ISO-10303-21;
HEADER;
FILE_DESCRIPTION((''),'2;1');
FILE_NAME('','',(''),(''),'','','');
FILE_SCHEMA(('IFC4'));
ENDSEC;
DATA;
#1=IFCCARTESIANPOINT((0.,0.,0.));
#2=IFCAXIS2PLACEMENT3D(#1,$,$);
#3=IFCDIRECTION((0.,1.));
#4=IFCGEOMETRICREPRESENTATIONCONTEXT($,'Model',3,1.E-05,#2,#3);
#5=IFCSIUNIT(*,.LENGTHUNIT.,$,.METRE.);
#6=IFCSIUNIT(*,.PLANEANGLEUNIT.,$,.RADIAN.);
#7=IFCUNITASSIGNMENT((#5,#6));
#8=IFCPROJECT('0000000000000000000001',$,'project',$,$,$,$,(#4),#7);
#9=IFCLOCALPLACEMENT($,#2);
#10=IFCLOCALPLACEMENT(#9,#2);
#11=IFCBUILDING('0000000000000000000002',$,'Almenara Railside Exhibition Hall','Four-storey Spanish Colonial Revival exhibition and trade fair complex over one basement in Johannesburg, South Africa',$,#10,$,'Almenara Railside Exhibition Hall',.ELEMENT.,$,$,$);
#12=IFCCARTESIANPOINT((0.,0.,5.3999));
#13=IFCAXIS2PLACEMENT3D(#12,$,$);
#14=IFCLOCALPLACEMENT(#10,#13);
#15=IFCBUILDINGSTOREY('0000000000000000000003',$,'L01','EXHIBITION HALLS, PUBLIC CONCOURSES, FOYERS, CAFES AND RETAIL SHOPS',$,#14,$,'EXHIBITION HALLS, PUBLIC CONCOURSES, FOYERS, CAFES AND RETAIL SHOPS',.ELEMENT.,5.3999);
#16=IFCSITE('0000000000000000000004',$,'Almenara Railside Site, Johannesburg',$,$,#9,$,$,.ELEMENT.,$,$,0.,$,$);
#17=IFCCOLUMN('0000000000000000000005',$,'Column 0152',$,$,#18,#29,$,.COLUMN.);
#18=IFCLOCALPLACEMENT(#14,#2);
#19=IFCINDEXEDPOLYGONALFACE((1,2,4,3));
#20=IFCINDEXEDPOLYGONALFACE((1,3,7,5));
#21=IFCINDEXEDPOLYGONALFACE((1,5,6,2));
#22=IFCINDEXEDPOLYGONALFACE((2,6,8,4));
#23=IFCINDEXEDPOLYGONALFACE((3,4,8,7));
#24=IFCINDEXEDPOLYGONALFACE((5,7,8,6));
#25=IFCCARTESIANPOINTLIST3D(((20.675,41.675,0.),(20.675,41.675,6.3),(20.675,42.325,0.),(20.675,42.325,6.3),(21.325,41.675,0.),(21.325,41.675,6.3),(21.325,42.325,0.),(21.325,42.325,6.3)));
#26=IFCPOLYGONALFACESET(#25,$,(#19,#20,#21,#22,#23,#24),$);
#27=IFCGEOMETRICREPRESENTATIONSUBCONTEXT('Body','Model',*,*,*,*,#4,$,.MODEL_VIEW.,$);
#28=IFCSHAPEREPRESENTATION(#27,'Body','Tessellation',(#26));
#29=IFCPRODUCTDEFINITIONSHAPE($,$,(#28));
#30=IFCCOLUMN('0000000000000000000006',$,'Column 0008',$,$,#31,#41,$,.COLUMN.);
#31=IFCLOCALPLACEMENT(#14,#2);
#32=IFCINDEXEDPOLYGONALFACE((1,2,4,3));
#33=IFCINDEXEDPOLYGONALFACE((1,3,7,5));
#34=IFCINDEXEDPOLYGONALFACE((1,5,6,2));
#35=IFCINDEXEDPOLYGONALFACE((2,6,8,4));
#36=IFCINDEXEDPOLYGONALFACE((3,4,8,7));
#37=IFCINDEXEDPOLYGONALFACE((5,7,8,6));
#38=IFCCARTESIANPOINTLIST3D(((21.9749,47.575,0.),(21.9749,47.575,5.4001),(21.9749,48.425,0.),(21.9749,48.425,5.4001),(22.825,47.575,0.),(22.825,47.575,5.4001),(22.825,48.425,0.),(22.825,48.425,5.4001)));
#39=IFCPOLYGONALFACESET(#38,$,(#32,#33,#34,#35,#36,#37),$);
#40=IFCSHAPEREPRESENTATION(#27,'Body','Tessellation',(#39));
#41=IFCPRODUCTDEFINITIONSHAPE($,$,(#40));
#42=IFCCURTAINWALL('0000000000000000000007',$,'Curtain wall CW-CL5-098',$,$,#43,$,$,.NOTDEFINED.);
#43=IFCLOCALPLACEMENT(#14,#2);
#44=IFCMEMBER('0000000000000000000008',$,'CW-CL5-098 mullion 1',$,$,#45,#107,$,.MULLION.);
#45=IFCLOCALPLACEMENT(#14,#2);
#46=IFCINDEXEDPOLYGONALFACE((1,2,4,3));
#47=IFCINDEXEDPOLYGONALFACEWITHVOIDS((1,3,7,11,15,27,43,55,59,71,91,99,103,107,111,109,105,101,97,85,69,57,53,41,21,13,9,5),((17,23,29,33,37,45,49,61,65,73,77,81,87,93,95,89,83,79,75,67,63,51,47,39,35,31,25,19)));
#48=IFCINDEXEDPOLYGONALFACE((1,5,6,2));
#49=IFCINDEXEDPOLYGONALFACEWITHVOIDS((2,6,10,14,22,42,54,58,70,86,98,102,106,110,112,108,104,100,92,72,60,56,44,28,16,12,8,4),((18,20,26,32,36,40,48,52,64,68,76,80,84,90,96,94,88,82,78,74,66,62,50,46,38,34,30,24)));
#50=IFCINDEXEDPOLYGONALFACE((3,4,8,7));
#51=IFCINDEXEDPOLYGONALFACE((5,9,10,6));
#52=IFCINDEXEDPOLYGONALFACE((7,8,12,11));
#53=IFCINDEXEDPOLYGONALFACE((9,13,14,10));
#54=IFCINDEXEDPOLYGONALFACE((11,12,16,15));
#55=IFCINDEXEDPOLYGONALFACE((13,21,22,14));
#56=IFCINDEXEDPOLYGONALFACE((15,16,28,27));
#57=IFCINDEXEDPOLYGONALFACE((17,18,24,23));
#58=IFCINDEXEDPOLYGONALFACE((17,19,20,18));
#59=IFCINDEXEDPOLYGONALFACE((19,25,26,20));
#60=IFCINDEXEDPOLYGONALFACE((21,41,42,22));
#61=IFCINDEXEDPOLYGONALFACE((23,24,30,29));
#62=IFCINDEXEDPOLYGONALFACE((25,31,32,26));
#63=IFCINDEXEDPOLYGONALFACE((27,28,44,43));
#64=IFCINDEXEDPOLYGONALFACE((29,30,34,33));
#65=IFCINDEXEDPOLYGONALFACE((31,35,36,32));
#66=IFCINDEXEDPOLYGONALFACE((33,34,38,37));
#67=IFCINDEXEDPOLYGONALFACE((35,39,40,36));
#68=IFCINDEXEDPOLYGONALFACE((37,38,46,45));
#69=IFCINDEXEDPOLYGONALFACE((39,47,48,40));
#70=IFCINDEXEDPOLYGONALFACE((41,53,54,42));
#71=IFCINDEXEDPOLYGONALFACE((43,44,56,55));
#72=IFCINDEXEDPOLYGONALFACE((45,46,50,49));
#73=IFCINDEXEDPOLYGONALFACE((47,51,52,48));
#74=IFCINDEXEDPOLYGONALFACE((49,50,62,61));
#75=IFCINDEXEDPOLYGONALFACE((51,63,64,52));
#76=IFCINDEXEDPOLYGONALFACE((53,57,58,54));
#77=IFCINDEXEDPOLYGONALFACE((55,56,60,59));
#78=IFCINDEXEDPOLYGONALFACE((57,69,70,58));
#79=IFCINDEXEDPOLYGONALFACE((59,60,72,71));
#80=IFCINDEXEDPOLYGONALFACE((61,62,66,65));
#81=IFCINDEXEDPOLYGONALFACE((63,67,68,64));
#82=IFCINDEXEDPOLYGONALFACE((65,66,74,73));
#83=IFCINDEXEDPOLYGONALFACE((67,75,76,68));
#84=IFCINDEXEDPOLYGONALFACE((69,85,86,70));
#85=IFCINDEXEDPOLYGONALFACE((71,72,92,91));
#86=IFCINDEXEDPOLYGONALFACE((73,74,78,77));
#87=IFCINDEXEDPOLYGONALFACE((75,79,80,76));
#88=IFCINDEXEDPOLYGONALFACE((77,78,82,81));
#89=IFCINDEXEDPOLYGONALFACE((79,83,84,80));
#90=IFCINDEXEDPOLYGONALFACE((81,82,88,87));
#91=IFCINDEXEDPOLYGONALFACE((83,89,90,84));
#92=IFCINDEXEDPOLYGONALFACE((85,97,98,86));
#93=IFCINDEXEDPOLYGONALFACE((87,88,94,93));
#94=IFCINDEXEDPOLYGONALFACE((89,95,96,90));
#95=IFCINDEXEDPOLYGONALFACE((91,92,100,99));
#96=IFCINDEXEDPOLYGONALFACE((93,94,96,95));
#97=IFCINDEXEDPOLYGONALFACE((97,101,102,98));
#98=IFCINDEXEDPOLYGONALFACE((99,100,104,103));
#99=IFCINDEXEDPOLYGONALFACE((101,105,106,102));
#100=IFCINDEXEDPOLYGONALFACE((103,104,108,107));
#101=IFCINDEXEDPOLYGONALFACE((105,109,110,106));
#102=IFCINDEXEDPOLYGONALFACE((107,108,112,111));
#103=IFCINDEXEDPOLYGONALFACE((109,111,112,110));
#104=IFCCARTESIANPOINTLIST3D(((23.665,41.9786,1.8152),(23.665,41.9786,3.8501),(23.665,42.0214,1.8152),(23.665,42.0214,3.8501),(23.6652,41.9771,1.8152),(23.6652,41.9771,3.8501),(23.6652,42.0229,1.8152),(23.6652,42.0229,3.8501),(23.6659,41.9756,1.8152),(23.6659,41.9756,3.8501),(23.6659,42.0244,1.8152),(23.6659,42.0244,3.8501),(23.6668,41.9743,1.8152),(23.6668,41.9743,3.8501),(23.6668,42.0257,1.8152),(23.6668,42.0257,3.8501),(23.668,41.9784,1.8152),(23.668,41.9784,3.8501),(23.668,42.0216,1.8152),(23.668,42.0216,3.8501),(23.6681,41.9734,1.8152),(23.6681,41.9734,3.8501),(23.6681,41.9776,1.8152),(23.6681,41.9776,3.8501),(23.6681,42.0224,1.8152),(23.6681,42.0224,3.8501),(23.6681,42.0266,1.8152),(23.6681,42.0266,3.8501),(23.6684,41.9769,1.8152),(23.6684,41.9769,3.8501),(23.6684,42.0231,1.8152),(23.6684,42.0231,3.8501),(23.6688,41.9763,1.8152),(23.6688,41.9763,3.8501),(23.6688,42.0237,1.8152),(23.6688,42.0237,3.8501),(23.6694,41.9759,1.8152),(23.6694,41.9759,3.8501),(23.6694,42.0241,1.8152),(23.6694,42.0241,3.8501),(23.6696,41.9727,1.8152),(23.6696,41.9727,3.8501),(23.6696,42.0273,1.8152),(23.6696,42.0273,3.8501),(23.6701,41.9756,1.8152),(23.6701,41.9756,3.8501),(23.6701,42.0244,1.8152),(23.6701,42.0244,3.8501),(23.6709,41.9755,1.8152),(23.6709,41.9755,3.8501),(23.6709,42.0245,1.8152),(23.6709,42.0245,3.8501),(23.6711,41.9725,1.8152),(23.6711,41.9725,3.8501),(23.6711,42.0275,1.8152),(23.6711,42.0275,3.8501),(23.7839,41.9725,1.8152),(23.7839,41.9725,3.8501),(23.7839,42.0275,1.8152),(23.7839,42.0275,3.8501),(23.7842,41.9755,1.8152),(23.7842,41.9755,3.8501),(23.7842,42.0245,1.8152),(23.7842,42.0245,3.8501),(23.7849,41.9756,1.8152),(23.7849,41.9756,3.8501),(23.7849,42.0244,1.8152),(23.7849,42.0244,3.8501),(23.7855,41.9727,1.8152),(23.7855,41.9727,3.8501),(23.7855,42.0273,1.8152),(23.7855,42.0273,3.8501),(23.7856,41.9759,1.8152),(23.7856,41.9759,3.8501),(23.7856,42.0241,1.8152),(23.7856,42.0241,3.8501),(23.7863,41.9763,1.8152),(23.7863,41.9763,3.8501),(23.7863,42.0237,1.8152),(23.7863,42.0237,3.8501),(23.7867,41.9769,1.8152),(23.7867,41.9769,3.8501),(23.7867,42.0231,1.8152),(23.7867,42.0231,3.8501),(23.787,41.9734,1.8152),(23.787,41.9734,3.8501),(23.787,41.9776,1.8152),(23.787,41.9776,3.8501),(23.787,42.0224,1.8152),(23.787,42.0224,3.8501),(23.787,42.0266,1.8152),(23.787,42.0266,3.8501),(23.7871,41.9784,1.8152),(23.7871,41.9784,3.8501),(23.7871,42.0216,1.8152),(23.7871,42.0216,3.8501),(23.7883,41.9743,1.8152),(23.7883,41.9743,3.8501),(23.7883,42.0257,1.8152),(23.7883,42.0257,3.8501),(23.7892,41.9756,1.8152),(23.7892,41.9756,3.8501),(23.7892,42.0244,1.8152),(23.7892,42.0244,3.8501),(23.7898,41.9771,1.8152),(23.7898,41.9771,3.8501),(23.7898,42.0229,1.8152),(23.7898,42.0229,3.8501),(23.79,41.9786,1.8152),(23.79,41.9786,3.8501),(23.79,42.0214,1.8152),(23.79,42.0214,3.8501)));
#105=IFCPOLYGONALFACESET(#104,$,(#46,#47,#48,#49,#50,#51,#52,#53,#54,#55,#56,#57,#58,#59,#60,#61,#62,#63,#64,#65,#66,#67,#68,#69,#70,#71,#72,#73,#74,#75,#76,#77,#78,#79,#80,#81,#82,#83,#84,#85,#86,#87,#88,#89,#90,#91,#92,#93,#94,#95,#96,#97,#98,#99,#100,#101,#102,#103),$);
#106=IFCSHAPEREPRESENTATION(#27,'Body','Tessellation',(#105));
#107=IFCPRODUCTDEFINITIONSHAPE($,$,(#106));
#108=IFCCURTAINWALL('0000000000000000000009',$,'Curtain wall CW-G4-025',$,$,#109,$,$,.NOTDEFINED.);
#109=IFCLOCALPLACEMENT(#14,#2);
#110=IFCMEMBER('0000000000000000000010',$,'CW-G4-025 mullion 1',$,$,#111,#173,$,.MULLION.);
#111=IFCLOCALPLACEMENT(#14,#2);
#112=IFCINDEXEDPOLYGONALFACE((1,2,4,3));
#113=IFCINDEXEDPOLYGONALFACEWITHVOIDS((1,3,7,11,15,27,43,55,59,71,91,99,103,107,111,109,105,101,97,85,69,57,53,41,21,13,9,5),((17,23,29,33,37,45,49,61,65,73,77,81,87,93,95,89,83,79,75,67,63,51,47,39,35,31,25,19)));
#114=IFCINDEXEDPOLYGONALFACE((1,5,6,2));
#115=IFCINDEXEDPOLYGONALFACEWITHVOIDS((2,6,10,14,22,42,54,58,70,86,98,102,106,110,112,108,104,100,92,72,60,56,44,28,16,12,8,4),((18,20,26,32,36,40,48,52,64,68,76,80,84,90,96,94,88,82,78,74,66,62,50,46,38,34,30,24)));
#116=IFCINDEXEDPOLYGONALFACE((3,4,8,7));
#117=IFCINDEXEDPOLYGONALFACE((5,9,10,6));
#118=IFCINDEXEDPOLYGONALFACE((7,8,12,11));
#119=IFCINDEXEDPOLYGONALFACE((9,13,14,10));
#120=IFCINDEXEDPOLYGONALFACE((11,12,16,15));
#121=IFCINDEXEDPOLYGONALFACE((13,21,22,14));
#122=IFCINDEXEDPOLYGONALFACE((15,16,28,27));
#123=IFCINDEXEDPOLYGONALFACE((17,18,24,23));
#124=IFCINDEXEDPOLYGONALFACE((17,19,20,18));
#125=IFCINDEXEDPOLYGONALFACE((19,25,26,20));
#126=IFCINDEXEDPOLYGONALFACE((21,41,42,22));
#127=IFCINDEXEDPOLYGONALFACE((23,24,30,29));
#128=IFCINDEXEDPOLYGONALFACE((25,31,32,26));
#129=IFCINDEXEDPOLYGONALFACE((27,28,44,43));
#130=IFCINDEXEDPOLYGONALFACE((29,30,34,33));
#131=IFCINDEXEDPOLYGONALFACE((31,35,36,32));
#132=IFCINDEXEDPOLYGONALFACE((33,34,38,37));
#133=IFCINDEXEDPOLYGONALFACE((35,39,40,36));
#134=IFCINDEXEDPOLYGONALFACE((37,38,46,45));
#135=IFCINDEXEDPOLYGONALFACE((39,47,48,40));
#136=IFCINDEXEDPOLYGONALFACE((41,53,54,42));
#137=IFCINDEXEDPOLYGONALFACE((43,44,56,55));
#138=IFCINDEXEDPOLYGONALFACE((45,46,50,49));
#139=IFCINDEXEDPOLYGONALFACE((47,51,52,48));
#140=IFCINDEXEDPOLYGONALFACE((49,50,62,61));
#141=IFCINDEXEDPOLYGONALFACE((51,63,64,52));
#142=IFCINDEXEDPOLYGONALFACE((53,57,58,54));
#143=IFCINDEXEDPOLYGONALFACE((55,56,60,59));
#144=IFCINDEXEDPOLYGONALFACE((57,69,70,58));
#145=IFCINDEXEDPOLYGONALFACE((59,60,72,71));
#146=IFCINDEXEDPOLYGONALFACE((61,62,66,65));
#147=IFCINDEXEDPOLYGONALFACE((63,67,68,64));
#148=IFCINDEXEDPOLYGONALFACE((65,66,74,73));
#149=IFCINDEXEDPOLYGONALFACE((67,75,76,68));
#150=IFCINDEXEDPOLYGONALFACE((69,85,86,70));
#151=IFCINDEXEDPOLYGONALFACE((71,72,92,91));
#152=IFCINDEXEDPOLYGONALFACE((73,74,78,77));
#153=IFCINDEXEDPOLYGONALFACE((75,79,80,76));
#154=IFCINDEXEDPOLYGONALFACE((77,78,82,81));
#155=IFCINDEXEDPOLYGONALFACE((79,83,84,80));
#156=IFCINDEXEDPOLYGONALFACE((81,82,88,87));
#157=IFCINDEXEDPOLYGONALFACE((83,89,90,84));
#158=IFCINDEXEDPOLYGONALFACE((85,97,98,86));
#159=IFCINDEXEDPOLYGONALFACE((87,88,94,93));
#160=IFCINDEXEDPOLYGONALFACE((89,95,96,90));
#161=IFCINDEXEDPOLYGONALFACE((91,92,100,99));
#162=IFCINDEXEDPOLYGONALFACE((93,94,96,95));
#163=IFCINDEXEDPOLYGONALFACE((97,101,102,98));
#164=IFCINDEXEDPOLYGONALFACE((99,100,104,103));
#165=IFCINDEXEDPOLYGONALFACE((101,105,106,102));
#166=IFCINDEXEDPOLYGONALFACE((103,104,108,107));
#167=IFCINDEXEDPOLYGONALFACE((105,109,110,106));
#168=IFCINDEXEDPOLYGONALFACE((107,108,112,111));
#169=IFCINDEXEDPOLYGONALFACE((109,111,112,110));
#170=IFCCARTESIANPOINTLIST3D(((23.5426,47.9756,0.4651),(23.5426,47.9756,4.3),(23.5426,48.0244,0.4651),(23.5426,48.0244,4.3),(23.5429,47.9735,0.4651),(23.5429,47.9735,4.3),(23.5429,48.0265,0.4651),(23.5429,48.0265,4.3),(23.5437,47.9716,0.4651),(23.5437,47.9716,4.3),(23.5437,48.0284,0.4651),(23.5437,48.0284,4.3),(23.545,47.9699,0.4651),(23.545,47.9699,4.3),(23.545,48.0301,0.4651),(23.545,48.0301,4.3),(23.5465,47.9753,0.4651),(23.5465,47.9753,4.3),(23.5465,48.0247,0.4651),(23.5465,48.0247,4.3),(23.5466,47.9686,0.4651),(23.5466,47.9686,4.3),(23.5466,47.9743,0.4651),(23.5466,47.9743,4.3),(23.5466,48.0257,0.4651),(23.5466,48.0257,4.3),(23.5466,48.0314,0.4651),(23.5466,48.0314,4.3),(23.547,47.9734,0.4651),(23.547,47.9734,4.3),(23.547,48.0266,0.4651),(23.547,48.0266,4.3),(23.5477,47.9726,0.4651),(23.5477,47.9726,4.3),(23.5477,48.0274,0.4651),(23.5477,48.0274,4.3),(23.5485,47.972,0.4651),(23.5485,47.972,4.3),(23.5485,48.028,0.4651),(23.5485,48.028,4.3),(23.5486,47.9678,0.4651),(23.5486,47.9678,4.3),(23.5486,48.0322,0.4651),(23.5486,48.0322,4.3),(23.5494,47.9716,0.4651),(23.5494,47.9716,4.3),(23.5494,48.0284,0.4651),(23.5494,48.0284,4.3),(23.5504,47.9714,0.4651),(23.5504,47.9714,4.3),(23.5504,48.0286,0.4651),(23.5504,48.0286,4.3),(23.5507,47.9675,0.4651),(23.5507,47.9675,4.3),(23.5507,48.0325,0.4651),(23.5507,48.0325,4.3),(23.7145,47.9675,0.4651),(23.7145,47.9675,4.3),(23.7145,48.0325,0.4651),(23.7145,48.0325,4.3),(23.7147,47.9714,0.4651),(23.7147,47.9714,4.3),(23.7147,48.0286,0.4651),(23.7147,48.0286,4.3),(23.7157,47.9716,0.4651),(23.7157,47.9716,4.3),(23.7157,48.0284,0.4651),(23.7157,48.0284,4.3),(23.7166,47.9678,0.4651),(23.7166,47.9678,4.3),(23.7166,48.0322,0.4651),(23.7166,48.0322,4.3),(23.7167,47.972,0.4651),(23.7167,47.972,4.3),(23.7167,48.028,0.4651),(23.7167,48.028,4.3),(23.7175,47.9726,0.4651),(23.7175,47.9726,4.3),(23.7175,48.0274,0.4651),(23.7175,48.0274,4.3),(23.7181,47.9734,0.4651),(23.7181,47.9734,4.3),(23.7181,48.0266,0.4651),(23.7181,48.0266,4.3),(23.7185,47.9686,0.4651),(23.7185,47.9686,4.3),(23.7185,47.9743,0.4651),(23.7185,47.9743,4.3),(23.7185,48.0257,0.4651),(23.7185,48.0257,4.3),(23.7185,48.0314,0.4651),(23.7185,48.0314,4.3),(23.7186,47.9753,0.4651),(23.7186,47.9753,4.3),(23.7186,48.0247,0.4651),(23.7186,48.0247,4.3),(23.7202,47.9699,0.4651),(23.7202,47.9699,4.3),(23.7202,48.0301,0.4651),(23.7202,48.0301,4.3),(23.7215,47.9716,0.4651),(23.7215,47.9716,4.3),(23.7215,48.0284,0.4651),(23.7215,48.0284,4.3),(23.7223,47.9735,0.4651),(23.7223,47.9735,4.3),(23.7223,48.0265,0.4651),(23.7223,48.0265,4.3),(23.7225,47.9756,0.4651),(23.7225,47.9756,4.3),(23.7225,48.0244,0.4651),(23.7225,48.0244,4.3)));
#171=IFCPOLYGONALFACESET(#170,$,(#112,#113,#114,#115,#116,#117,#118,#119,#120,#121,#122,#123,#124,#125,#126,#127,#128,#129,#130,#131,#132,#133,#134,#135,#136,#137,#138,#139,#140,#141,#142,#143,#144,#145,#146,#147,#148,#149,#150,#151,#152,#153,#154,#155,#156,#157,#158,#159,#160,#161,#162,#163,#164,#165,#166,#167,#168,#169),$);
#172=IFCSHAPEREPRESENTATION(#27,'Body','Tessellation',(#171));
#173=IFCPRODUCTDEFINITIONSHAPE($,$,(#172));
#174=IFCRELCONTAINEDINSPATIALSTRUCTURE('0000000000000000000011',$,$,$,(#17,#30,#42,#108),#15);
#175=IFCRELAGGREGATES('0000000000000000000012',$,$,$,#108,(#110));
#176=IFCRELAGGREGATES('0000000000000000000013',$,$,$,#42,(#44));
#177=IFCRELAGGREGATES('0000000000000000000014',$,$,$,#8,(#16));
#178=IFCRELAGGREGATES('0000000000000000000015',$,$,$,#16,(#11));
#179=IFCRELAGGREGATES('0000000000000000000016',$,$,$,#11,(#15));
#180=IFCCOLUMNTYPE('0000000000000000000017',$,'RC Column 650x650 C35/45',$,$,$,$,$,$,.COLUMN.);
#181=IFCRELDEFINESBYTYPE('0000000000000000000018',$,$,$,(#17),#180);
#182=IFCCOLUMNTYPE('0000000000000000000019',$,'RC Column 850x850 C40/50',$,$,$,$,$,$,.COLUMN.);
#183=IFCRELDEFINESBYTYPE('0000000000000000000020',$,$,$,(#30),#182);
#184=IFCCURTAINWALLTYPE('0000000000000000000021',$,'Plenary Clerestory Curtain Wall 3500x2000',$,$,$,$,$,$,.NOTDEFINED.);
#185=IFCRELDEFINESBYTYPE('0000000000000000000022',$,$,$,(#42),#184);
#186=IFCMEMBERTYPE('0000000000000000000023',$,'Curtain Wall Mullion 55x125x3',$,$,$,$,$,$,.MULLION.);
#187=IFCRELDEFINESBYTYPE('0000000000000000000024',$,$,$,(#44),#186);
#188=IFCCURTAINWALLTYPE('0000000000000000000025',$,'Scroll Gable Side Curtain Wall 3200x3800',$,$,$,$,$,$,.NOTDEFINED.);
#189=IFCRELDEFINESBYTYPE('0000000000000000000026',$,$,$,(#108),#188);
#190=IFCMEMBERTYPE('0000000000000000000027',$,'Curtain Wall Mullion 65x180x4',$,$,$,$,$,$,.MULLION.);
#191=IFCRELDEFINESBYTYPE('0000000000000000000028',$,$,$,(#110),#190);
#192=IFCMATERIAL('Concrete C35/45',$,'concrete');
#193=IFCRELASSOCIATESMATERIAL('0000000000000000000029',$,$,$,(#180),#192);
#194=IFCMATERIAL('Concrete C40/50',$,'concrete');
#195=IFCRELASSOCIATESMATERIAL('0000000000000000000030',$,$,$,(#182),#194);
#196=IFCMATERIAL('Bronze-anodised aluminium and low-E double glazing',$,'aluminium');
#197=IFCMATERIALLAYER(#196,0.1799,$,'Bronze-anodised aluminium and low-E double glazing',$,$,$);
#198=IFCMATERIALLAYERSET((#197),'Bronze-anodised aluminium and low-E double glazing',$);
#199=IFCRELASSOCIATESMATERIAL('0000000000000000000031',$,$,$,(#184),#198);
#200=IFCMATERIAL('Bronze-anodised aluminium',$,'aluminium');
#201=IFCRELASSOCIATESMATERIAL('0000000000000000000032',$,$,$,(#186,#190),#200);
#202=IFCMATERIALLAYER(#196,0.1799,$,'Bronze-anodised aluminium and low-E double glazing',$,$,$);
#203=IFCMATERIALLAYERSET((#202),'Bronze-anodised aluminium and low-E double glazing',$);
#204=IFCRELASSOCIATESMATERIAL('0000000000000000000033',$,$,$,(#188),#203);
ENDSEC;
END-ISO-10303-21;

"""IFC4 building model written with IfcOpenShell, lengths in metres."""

from ifc_helpers import new_model, si_unit, direction, frame, origin, origin_2d, place, context, subcontext, project, spatial, rectangle, hollow_rectangle, extrude, material, layer, layer_set, material_profile, profile_set, type_object, element, aggregate, save


model = new_model("IFC4")

# Units and contexts
model_context = context("Model", 3, precision=1e-05, world=origin(), true_north=direction((0.0, 1.0)))
body_context = subcontext(model_context, "Body", "Model", "MODEL_VIEW")
ifc_project = project(units=[si_unit("LENGTHUNIT", "METRE"), si_unit("PLANEANGLEUNIT", "RADIAN")], contexts=[model_context])

# Site, building, storey
site_placement = place(None, origin())
site = spatial("IfcSite", under=ifc_project, at=site_placement, Name="Almenara Railside Site, Johannesburg", CompositionType="ELEMENT", RefElevation=0.0)
building_placement = place(site_placement, origin())
building = spatial("IfcBuilding", under=site, at=building_placement, Name="Almenara Railside Exhibition Hall", Description="Four-storey Spanish Colonial Revival exhibition and trade fair complex over one basement in Johannesburg, South Africa", LongName="Almenara Railside Exhibition Hall", CompositionType="ELEMENT")
storey_placement = place(building_placement, frame((0.0, 0.0, 5.3999)))
storey = spatial("IfcBuildingStorey", under=building, at=storey_placement, Name="L01", Description="EXHIBITION HALLS, PUBLIC CONCOURSES, FOYERS, CAFES AND RETAIL SHOPS", LongName="EXHIBITION HALLS, PUBLIC CONCOURSES, FOYERS, CAFES AND RETAIL SHOPS", CompositionType="ELEMENT", Elevation=5.3999)

# Columns
ifc_material_1 = material(Name="Concrete C35/45", Category="concrete")
ifc_material_profile_1 = material_profile(ifc_material_1, rectangle(XDim=0.6499, YDim=0.6499, at=origin_2d()), Name="RC 650x650")
ifc_profile_set_1 = profile_set([ifc_material_profile_1], Name="Concrete C35/45")
column_type_1 = type_object("IfcColumnType", Name="RC Column 650x650 C35/45", PredefinedType="COLUMN", material=ifc_profile_set_1)
column_1_placement = place(storey_placement, frame((21.0, 42.0, 0.0), z_axis=(0.0, 0.0, 1.0), x_axis=(1.0, 0.0, 0.0)))
element("IfcColumn", 1, at=column_1_placement, inside=storey, type_object=column_type_1, Name="Column 0152", PredefinedType="COLUMN", context=body_context, shape_type="SweptSolid", body=[
    extrude(rectangle(XDim=0.6499, YDim=0.6499, at=origin_2d()), origin(), (0.0, 0.0, 1.0), 6.3),
])
ifc_material_2 = material(Name="Concrete C40/50", Category="concrete")
ifc_material_profile_2 = material_profile(ifc_material_2, rectangle(XDim=0.8501, YDim=0.8501, at=origin_2d()), Name="RC 850x850")
ifc_profile_set_2 = profile_set([ifc_material_profile_2], Name="Concrete C40/50")
column_type_2 = type_object("IfcColumnType", Name="RC Column 850x850 C40/50", PredefinedType="COLUMN", material=ifc_profile_set_2)
column_2_placement = place(storey_placement, frame((22.3999, 48.0, 0.0), z_axis=(0.0, 0.0, 1.0), x_axis=(1.0, 0.0, 0.0)))
element("IfcColumn", 2, at=column_2_placement, inside=storey, type_object=column_type_2, Name="Column 0008", PredefinedType="COLUMN", context=body_context, shape_type="SweptSolid", body=[
    extrude(rectangle(XDim=0.8501, YDim=0.8501, at=origin_2d()), origin(), (0.0, 0.0, 1.0), 5.4001),
])

# Curtain wall, member
ifc_material_3 = material(Name="Bronze-anodised aluminium and low-E double glazing", Category="aluminium")
ifc_layer_1 = layer(ifc_material_3, 0.1799, Name="Bronze-anodised aluminium and low-E double glazing")
ifc_layer_set_1 = layer_set([ifc_layer_1], Name="Bronze-anodised aluminium and low-E double glazing")
curtain_wall_type_1 = type_object("IfcCurtainWallType", Name="Plenary Clerestory Curtain Wall 3500x2000", PredefinedType="NOTDEFINED", material=ifc_layer_set_1)
curtain_wall_1_placement = place(storey_placement, origin())
curtain_wall_1 = element("IfcCurtainWall", 3, at=curtain_wall_1_placement, inside=storey, type_object=curtain_wall_type_1, Name="Curtain wall CW-CL5-098", PredefinedType="NOTDEFINED")
ifc_material_4 = material(Name="Bronze-anodised aluminium", Category="aluminium")
ifc_material_profile_3 = material_profile(ifc_material_4, hollow_rectangle(XDim=0.0549, YDim=0.125, WallThickness=0.0029, InnerFilletRadius=0.0029, OuterFilletRadius=0.0061, at=origin_2d()), Name="ALU-MUL 55x125x3")
ifc_profile_set_3 = profile_set([ifc_material_profile_3], Name="Bronze-anodised aluminium")
member_type_1 = type_object("IfcMemberType", Name="Curtain Wall Mullion 55x125x3", PredefinedType="MULLION", material=ifc_profile_set_3)
member_1_placement = place(storey_placement, frame((23.7275, 42.0, 1.8152), z_axis=(0.0, 0.0, 1.0), x_axis=(0.0, 1.0, 0.0)))
member_1 = element("IfcMember", 4, at=member_1_placement, type_object=member_type_1, Name="CW-CL5-098 mullion 1", PredefinedType="MULLION", context=body_context, shape_type="SweptSolid", body=[
    extrude(hollow_rectangle(XDim=0.0549, YDim=0.125, WallThickness=0.0029, InnerFilletRadius=0.0029, OuterFilletRadius=0.0061, at=origin_2d()), origin(), (0.0, 0.0, 1.0), 2.0349),
])

# Curtain wall, member
ifc_layer_2 = layer(ifc_material_3, 0.1799, Name="Bronze-anodised aluminium and low-E double glazing")
ifc_layer_set_2 = layer_set([ifc_layer_2], Name="Bronze-anodised aluminium and low-E double glazing")
curtain_wall_type_2 = type_object("IfcCurtainWallType", Name="Scroll Gable Side Curtain Wall 3200x3800", PredefinedType="NOTDEFINED", material=ifc_layer_set_2)
curtain_wall_2_placement = place(storey_placement, origin())
curtain_wall_2 = element("IfcCurtainWall", 5, at=curtain_wall_2_placement, inside=storey, type_object=curtain_wall_type_2, Name="Curtain wall CW-G4-025", PredefinedType="NOTDEFINED")
ifc_material_profile_4 = material_profile(ifc_material_4, hollow_rectangle(XDim=0.0649, YDim=0.1799, WallThickness=0.0039, InnerFilletRadius=0.0039, OuterFilletRadius=0.0081, at=origin_2d()), Name="ALU-MUL 65x180x4")
ifc_profile_set_4 = profile_set([ifc_material_profile_4], Name="Bronze-anodised aluminium")
member_type_2 = type_object("IfcMemberType", Name="Curtain Wall Mullion 65x180x4", PredefinedType="MULLION", material=ifc_profile_set_4)
member_2_placement = place(storey_placement, frame((23.6326, 48.0, 0.4651), z_axis=(0.0, 0.0, 1.0), x_axis=(0.0, 1.0, 0.0)))
member_2 = element("IfcMember", 6, at=member_2_placement, type_object=member_type_2, Name="CW-G4-025 mullion 1", PredefinedType="MULLION", context=body_context, shape_type="SweptSolid", body=[
    extrude(hollow_rectangle(XDim=0.0649, YDim=0.1799, WallThickness=0.0039, InnerFilletRadius=0.0039, OuterFilletRadius=0.0081, at=origin_2d()), origin(), (0.0, 0.0, 1.0), 3.835),
])

aggregate(curtain_wall_2, [member_2])
aggregate(curtain_wall_1, [member_1])

save(model, "model.ifc")
